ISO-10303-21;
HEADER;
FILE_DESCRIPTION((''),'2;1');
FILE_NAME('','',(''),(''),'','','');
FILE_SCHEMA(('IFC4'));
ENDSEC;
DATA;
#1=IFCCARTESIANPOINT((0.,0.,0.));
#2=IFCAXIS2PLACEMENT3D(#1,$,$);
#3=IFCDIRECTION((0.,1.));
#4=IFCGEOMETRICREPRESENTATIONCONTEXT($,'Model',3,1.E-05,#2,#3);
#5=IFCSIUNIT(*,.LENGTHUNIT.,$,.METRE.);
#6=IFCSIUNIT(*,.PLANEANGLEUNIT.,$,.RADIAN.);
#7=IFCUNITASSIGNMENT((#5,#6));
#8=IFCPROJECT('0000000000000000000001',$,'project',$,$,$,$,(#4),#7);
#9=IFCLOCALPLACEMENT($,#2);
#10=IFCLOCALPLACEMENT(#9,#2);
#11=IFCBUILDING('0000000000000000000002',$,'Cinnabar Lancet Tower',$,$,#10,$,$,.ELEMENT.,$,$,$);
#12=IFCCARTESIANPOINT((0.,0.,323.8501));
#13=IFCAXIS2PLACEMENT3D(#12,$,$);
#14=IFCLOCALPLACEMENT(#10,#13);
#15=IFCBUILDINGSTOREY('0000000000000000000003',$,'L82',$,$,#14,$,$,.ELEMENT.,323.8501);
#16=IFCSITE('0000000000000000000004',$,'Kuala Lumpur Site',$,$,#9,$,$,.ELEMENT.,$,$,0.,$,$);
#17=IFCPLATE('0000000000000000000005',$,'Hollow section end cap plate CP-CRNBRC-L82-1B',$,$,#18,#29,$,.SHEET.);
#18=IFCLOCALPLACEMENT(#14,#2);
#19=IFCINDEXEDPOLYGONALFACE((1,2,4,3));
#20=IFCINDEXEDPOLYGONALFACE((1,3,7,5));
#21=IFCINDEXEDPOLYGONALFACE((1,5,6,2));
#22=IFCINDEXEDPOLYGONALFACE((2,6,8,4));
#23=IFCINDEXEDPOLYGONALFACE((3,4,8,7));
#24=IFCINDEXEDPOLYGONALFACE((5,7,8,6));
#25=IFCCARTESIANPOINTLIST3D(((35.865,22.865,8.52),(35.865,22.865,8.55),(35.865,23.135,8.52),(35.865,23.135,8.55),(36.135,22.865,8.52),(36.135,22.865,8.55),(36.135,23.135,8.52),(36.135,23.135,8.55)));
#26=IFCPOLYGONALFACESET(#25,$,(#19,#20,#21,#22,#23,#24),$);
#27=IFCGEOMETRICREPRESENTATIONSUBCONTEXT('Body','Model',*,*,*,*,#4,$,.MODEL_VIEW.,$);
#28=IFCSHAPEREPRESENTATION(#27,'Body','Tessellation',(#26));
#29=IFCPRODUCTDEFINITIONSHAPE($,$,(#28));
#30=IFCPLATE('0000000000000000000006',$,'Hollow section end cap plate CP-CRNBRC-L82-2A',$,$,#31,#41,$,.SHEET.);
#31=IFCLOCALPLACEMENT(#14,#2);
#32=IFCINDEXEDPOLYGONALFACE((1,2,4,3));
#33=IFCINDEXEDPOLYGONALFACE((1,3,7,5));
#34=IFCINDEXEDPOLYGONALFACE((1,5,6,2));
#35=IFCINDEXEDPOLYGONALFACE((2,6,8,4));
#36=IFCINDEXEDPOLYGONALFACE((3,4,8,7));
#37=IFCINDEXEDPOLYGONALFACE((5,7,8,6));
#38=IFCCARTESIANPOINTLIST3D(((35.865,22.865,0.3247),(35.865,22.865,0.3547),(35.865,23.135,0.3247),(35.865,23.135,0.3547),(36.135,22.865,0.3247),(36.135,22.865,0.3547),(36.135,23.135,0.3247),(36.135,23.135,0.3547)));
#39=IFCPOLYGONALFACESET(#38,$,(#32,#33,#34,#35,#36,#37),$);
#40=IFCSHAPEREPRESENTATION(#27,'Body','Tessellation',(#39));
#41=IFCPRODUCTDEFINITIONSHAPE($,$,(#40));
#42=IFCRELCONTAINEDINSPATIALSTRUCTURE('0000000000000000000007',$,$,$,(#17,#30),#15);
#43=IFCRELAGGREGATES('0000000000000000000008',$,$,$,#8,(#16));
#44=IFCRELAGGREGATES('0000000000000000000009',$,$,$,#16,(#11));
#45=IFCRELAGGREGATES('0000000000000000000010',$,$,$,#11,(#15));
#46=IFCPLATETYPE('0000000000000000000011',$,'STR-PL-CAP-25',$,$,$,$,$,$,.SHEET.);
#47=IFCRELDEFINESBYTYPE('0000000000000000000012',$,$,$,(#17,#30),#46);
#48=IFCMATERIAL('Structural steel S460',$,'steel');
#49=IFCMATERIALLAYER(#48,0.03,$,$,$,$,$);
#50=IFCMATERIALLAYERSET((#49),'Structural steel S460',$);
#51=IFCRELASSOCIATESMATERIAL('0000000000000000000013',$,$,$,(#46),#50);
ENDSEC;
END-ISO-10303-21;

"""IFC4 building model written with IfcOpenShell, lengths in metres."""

from ifc_helpers import new_model, si_unit, direction, frame, origin, origin_2d, place, context, subcontext, project, spatial, rectangle, extrude, material, layer, layer_set, type_object, element, save


model = new_model("IFC4")

# Units and contexts
model_context = context("Model", 3, precision=1e-05, world=origin(), true_north=direction((0.0, 1.0)))
body_context = subcontext(model_context, "Body", "Model", "MODEL_VIEW")
ifc_project = project(units=[si_unit("LENGTHUNIT", "METRE"), si_unit("PLANEANGLEUNIT", "RADIAN")], contexts=[model_context])

# Site, building, storey
site_placement = place(None, origin())
site = spatial("IfcSite", under=ifc_project, at=site_placement, Name="Kuala Lumpur Site", CompositionType="ELEMENT", RefElevation=0.0)
building_placement = place(site_placement, origin())
building = spatial("IfcBuilding", under=site, at=building_placement, Name="Cinnabar Lancet Tower", CompositionType="ELEMENT")
storey_placement = place(building_placement, frame((0.0, 0.0, 323.8501)))
storey = spatial("IfcBuildingStorey", under=building, at=storey_placement, Name="L82", CompositionType="ELEMENT", Elevation=323.8501)

# Plates
ifc_material_1 = material(Name="Structural steel S460", Category="steel")
ifc_layer_1 = layer(ifc_material_1, 0.03)
ifc_layer_set_1 = layer_set([ifc_layer_1], Name="Structural steel S460")
plate_type_1 = type_object("IfcPlateType", Name="STR-PL-CAP-25", PredefinedType="SHEET", material=ifc_layer_set_1)
for number, where, z_axis, x_axis, name in (
    (1, (36.0, 23.0, 8.52), (0.0, 0.0, 1.0), (1.0, 0.0, 0.0), "Hollow section end cap plate CP-CRNBRC-L82-1B"),
    (2, (36.0, 23.0, 0.3247), (0.0, 0.0, 1.0), (0.0, -1.0, 0.0), "Hollow section end cap plate CP-CRNBRC-L82-2A"),
):
    element("IfcPlate", number, at=place(storey_placement, frame(where, z_axis=z_axis, x_axis=x_axis)), inside=storey, type_object=plate_type_1, Name=name, PredefinedType="SHEET", context=body_context, shape_type="SweptSolid", body=[
        extrude(rectangle(XDim=0.27, YDim=0.27, at=origin_2d()), origin(), (0.0, 0.0, 1.0), 0.03),
    ])

save(model, "model.ifc")
